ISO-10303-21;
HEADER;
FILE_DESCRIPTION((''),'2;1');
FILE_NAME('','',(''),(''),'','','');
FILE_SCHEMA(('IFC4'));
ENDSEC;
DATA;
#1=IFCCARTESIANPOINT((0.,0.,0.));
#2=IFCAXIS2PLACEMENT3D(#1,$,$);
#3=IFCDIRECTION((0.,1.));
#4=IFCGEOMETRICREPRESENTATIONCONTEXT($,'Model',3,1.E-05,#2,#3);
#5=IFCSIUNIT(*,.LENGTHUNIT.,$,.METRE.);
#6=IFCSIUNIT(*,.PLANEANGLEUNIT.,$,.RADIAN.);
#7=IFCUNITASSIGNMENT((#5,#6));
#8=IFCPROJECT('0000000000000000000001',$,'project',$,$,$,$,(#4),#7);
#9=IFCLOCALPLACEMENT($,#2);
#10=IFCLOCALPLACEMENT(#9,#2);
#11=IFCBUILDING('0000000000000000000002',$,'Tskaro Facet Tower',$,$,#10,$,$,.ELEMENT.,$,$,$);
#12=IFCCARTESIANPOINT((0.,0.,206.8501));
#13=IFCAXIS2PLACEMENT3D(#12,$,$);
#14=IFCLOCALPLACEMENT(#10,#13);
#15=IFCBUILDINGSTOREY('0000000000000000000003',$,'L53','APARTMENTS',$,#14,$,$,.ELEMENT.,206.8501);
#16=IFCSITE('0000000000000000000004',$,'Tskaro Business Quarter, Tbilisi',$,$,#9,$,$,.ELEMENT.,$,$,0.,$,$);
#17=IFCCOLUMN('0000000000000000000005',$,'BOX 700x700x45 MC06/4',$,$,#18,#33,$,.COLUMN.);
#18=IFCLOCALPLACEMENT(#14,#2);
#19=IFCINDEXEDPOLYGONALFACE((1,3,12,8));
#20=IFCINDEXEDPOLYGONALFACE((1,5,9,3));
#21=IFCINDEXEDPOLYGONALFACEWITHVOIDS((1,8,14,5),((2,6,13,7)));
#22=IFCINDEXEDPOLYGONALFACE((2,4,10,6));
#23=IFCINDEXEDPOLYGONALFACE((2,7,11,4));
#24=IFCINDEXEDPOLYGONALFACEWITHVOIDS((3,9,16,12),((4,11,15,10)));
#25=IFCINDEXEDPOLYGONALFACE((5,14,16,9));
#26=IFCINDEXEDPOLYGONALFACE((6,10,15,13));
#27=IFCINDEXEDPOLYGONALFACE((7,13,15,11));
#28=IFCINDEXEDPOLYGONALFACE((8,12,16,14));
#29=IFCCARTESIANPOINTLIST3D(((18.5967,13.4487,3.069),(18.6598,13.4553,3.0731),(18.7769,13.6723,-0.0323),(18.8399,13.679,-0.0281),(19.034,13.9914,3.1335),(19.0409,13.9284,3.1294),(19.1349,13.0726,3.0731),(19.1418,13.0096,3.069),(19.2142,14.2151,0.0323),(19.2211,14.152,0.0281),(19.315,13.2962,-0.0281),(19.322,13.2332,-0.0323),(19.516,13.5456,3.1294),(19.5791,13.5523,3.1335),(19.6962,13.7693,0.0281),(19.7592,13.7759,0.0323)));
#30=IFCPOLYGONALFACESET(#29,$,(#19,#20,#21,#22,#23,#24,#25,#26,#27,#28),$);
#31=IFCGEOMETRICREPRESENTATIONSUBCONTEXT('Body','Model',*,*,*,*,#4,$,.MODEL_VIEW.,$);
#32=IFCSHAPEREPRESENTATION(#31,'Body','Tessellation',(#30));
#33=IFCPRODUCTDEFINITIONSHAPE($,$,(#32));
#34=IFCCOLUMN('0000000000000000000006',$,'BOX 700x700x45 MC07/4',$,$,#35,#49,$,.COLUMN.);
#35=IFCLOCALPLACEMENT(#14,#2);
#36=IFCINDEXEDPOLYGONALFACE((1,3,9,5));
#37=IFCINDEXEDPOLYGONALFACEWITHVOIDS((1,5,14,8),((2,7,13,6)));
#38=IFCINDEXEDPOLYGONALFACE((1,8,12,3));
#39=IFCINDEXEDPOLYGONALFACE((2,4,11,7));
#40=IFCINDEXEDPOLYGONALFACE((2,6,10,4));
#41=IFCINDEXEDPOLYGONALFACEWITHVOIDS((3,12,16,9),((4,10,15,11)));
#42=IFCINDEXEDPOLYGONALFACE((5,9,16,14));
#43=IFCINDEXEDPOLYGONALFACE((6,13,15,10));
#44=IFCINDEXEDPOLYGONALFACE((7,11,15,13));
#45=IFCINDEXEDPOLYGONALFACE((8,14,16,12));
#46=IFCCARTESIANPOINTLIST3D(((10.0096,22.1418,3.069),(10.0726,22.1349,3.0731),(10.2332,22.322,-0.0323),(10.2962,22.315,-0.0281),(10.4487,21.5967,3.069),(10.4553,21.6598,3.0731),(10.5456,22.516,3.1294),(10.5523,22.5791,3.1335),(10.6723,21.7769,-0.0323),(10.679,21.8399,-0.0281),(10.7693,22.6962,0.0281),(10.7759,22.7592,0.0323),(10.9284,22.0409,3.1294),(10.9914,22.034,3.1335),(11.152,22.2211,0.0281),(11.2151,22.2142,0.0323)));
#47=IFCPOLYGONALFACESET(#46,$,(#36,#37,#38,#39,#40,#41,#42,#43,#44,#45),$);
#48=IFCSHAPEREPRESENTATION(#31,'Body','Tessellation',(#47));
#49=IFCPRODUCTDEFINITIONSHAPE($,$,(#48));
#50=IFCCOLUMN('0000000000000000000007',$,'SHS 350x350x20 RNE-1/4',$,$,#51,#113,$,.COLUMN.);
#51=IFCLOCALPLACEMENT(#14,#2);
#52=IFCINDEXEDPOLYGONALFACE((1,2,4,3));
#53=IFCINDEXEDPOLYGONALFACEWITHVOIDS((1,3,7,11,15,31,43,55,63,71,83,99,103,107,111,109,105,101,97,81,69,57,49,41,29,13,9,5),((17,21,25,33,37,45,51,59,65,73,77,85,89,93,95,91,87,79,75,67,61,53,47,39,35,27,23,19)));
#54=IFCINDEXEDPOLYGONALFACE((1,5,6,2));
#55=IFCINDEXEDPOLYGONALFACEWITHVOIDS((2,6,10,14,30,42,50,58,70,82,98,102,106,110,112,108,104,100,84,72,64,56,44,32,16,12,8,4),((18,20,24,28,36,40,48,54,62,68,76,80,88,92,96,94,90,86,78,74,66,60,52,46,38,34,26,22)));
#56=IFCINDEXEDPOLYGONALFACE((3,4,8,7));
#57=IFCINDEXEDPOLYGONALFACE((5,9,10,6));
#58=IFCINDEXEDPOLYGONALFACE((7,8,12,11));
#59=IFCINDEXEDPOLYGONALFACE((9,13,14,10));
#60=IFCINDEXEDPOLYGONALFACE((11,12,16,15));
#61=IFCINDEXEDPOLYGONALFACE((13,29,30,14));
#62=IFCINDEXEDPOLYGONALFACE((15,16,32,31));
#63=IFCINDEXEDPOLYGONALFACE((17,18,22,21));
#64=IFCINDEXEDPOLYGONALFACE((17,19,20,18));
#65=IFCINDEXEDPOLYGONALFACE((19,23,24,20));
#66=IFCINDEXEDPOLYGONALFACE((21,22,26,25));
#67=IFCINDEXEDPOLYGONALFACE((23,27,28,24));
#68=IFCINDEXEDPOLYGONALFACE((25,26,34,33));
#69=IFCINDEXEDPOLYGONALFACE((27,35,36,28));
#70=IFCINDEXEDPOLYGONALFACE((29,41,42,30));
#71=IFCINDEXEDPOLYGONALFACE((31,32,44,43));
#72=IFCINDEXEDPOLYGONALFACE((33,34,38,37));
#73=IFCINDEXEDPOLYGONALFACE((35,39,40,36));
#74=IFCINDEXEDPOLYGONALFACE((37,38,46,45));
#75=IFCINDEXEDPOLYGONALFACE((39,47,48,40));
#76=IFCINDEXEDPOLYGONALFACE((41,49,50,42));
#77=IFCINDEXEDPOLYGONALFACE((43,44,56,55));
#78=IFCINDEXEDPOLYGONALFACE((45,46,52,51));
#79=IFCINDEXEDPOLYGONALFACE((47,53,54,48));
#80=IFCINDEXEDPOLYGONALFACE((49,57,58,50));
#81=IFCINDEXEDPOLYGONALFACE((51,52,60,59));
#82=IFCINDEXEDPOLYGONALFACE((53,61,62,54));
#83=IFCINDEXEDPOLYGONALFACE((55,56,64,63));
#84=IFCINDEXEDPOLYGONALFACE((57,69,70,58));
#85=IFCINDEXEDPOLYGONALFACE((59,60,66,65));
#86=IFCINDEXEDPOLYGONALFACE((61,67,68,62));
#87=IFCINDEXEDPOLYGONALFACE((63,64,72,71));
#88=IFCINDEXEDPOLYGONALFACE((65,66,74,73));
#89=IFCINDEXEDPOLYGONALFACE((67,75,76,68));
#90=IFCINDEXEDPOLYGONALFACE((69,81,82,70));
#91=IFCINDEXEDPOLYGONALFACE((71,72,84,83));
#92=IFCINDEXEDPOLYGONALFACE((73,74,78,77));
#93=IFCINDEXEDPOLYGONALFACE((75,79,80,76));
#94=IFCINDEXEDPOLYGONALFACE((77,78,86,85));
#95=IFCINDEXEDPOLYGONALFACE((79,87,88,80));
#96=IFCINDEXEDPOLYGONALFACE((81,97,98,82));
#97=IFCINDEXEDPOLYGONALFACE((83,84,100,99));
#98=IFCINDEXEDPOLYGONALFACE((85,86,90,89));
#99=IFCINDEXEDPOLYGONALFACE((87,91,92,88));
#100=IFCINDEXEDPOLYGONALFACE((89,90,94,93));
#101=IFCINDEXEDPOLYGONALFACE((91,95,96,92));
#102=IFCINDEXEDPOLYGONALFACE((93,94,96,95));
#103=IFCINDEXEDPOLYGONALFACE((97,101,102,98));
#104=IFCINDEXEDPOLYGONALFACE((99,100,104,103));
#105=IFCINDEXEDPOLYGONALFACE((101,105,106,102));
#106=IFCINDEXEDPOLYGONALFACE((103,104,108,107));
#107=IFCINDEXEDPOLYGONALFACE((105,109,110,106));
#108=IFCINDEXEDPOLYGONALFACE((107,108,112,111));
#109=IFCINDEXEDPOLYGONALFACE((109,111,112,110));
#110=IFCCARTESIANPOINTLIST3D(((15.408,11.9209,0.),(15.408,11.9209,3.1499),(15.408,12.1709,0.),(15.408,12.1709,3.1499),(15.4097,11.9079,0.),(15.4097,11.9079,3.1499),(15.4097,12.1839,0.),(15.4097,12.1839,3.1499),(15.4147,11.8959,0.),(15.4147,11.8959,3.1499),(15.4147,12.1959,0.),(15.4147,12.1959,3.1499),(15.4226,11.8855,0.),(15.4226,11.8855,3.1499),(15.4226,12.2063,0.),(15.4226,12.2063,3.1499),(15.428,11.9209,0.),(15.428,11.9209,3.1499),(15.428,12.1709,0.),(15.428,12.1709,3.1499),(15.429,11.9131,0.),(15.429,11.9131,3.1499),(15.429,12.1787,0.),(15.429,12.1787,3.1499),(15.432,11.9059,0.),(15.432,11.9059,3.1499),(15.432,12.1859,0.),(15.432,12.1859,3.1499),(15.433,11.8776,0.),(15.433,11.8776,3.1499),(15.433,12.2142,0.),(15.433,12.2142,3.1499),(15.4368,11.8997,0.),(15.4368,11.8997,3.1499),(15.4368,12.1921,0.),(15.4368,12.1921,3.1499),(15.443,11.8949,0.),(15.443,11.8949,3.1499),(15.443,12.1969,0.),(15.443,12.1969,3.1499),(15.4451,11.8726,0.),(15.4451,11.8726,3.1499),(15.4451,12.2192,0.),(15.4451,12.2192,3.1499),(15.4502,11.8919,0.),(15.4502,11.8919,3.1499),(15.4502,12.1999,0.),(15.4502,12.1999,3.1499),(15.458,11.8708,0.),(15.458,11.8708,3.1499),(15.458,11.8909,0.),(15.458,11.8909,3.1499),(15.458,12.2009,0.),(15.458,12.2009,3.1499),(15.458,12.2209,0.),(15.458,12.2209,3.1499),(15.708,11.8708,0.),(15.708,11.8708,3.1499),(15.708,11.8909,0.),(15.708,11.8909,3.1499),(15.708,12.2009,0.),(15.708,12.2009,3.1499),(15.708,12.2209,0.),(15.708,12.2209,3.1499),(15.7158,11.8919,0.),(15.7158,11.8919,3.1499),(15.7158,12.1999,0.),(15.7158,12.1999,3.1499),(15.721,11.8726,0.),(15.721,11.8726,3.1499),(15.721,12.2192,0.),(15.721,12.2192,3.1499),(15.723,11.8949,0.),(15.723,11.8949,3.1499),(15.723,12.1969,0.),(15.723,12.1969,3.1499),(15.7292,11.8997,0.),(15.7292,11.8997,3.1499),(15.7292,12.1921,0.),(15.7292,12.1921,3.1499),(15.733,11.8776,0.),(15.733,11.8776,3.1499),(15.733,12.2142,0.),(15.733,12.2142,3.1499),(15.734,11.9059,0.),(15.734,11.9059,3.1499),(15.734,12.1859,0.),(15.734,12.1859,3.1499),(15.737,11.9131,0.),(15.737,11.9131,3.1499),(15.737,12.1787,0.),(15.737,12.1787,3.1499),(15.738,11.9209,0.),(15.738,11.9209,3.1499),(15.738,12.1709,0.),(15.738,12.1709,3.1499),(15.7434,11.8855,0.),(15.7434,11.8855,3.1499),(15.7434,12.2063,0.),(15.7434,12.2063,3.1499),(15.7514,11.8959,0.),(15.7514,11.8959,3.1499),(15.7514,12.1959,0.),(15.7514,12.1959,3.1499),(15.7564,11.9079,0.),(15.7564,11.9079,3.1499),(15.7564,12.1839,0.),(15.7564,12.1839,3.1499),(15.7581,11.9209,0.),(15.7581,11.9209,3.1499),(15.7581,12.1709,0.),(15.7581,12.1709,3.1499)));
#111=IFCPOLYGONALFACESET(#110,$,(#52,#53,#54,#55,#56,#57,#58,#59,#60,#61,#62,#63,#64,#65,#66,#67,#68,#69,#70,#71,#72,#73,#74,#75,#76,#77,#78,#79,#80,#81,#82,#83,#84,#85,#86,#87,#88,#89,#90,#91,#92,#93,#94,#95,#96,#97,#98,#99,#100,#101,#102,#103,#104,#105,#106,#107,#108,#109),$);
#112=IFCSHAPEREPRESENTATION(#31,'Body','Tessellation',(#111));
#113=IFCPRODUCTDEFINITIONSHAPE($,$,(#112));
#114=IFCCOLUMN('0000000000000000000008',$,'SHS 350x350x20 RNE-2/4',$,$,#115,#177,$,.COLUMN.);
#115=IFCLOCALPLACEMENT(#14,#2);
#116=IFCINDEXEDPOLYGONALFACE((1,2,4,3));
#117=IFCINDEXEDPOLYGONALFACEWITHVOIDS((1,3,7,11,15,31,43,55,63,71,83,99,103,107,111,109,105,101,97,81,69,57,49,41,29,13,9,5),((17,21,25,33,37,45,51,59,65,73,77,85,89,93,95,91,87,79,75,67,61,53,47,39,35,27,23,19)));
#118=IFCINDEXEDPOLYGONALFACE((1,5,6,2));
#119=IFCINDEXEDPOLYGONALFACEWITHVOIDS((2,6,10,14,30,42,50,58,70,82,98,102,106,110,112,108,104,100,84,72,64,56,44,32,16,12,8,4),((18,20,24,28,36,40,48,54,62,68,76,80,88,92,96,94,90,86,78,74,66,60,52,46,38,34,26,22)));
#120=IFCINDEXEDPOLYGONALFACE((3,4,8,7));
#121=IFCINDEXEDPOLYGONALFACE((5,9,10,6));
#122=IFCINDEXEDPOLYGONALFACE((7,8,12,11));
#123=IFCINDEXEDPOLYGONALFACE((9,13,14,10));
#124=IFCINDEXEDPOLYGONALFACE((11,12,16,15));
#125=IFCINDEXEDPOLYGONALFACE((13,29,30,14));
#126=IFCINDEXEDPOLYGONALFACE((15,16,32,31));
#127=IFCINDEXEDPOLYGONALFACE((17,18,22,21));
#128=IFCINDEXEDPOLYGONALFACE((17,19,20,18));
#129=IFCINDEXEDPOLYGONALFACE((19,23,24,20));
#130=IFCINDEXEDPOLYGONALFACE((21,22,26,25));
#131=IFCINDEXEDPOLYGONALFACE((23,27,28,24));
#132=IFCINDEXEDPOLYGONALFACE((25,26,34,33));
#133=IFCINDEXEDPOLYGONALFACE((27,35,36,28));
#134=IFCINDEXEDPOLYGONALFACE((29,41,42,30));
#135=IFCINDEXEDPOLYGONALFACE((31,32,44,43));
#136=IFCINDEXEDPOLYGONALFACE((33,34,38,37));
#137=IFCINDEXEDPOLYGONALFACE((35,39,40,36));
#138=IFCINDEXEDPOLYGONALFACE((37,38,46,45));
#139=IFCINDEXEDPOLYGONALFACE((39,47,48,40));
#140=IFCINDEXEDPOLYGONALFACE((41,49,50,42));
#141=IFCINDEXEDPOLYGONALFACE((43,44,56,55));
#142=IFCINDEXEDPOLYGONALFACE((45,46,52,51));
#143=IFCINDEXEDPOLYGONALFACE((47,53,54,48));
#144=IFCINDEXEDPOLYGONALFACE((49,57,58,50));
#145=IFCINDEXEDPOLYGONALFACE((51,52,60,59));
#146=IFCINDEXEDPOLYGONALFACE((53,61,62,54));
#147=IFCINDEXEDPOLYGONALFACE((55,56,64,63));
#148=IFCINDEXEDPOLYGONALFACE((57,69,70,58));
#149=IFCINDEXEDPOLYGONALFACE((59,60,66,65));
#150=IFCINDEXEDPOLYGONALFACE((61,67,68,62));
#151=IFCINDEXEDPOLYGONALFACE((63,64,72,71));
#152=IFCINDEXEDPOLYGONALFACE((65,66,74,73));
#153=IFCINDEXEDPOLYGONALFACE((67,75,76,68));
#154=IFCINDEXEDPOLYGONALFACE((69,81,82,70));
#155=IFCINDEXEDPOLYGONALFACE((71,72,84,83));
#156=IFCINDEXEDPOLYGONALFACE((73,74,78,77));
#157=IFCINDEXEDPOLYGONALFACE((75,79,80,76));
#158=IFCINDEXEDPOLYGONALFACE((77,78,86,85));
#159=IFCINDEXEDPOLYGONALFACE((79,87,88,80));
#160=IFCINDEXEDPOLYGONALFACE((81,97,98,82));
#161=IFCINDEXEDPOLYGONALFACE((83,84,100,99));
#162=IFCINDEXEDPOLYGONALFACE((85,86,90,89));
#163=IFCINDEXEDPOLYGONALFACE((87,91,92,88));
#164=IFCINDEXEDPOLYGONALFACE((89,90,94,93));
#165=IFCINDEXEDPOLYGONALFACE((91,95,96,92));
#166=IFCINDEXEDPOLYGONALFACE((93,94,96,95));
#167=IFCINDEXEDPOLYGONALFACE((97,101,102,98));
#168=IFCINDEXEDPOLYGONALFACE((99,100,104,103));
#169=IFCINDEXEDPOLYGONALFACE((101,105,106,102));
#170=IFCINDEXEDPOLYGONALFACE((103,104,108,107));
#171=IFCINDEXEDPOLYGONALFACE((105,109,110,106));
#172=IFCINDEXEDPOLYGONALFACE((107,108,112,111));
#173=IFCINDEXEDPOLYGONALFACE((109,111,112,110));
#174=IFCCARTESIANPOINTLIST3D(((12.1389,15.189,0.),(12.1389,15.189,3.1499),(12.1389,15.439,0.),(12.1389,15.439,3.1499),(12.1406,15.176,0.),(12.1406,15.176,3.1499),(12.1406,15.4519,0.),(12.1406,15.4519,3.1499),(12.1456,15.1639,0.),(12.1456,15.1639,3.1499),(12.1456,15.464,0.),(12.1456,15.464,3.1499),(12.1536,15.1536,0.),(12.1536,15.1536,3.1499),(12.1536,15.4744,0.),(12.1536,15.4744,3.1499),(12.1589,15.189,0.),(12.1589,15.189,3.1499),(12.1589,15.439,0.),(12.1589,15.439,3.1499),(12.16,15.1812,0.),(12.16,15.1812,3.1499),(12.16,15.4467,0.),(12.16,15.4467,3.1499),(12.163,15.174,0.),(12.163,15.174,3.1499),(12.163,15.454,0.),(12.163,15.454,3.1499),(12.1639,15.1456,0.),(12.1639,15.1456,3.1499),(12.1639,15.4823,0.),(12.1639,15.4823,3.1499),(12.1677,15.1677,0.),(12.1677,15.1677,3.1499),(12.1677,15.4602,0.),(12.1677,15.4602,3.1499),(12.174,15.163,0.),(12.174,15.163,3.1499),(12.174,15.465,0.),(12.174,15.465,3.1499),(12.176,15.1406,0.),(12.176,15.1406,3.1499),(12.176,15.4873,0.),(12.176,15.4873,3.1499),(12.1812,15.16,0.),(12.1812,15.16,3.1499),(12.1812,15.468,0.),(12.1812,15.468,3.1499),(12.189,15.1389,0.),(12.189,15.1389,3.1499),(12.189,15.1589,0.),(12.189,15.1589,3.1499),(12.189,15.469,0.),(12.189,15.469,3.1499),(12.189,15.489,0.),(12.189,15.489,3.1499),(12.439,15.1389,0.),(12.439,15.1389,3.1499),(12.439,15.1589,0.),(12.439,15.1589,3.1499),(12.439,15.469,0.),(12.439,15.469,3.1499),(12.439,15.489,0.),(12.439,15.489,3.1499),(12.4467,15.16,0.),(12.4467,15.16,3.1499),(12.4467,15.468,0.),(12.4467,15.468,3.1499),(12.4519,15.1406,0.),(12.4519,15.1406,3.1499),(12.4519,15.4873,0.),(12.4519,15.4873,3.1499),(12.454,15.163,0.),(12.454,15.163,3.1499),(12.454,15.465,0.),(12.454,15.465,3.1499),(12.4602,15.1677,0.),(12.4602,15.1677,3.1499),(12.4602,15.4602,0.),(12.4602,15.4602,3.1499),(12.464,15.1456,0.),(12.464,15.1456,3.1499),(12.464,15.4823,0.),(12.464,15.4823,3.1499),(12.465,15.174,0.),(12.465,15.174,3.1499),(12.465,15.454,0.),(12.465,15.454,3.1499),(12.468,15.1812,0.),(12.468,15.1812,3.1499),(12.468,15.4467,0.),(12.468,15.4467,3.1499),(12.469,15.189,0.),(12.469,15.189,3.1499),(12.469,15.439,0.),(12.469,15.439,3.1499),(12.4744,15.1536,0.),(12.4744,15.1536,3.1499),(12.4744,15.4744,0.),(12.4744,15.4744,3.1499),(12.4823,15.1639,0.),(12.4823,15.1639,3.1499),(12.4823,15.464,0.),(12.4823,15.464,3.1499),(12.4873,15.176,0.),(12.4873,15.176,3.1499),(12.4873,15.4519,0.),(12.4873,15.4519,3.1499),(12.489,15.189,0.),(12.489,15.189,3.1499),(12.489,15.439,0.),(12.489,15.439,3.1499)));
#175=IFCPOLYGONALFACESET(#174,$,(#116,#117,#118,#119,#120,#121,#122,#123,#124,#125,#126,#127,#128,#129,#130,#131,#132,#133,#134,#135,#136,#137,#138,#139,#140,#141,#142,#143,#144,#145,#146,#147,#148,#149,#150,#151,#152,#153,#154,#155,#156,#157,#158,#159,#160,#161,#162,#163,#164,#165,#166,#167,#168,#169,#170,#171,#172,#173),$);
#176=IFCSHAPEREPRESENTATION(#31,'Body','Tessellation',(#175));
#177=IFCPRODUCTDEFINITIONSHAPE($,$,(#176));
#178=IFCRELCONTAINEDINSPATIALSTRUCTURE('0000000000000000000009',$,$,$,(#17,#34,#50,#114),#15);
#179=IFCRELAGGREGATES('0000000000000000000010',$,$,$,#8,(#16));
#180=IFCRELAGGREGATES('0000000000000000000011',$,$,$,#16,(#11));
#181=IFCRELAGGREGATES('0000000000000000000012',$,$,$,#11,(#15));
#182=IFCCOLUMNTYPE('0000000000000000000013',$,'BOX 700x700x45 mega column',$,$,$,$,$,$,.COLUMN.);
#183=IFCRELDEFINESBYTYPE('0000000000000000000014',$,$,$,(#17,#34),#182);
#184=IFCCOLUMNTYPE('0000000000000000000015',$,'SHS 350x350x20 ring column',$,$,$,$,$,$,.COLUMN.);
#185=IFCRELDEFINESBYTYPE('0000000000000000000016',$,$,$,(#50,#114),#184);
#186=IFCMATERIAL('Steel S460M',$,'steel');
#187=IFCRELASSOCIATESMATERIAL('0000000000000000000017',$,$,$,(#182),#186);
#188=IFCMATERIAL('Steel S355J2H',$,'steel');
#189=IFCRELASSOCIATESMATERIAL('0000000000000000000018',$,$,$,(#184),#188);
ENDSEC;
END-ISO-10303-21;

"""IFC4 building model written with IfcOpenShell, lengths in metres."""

from ifc_helpers import new_model, si_unit, direction, frame, origin, origin_2d, place, context, subcontext, project, spatial, hollow_rectangle, extrude, material, material_profile, profile_set, type_object, element, save


model = new_model("IFC4")

# Units and contexts
model_context = context("Model", 3, precision=1e-05, world=origin(), true_north=direction((0.0, 1.0)))
body_context = subcontext(model_context, "Body", "Model", "MODEL_VIEW")
ifc_project = project(units=[si_unit("LENGTHUNIT", "METRE"), si_unit("PLANEANGLEUNIT", "RADIAN")], contexts=[model_context])

# Site, building, storey
site_placement = place(None, origin())
site = spatial("IfcSite", under=ifc_project, at=site_placement, Name="Tskaro Business Quarter, Tbilisi", CompositionType="ELEMENT", RefElevation=0.0)
building_placement = place(site_placement, origin())
building = spatial("IfcBuilding", under=site, at=building_placement, Name="Tskaro Facet Tower", CompositionType="ELEMENT")
storey_placement = place(building_placement, frame((0.0, 0.0, 206.8501)))
storey = spatial("IfcBuildingStorey", under=building, at=storey_placement, Name="L53", Description="APARTMENTS", CompositionType="ELEMENT", Elevation=206.8501)

# Columns
ifc_material_1 = material(Name="Steel S460M", Category="steel")
ifc_material_profile_1 = material_profile(ifc_material_1, hollow_rectangle(XDim=0.7, YDim=0.7, WallThickness=0.0449, at=origin_2d()), Name="BOX 700x700x45")
ifc_profile_set_1 = profile_set([ifc_material_profile_1], Name="Steel S460M")
column_type_1 = type_object("IfcColumnType", Name="BOX 700x700x45 mega column", PredefinedType="COLUMN", material=ifc_profile_set_1)
for number, where, z_axis, x_axis, name in (
    (1, (19.2681, 13.7241, 0.0), (-0.057849, -0.071802, 0.99574), (0.778708, -0.627387, 0.0), "BOX 700x700x45 MC06/4"),
    (2, (10.7241, 22.2681, 0.0), (-0.071802, -0.057849, 0.99574), (0.627387, -0.778708, 0.0), "BOX 700x700x45 MC07/4"),
):
    element("IfcColumn", number, at=place(storey_placement, frame(where, z_axis=z_axis, x_axis=x_axis)), inside=storey, type_object=column_type_1, Name=name, PredefinedType="COLUMN", context=body_context, shape_type="SweptSolid", body=[
        extrude(hollow_rectangle(XDim=0.7, YDim=0.7, WallThickness=0.0449, at=origin_2d()), origin(), (0.0, 0.0, 1.0), 3.1145),
    ])
ifc_material_2 = material(Name="Steel S355J2H", Category="steel")
ifc_material_profile_2 = material_profile(ifc_material_2, hollow_rectangle(XDim=0.3501, YDim=0.3501, WallThickness=0.02, InnerFilletRadius=0.03, OuterFilletRadius=0.05, at=origin_2d()), Name="SHS 350x350x20")
ifc_profile_set_2 = profile_set([ifc_material_profile_2], Name="Steel S355J2H")
column_type_2 = type_object("IfcColumnType", Name="SHS 350x350x20 ring column", PredefinedType="COLUMN", material=ifc_profile_set_2)
for number, where, z_axis, x_axis, name in (
    (3, (15.583, 12.0459, 0.0), (0.0, 0.0, 1.0), (1.0, 0.0, 0.0), "SHS 350x350x20 RNE-1/4"),
    (4, (12.314, 15.314, 0.0), (0.0, 0.0, 1.0), (1.0, 0.0, 0.0), "SHS 350x350x20 RNE-2/4"),
):
    element("IfcColumn", number, at=place(storey_placement, frame(where, z_axis=z_axis, x_axis=x_axis)), inside=storey, type_object=column_type_2, Name=name, PredefinedType="COLUMN", context=body_context, shape_type="SweptSolid", body=[
        extrude(hollow_rectangle(XDim=0.3501, YDim=0.3501, WallThickness=0.02, InnerFilletRadius=0.03, OuterFilletRadius=0.05, at=origin_2d()), origin(), (0.0, 0.0, 1.0), 3.1499),
    ])

save(model, "model.ifc")
